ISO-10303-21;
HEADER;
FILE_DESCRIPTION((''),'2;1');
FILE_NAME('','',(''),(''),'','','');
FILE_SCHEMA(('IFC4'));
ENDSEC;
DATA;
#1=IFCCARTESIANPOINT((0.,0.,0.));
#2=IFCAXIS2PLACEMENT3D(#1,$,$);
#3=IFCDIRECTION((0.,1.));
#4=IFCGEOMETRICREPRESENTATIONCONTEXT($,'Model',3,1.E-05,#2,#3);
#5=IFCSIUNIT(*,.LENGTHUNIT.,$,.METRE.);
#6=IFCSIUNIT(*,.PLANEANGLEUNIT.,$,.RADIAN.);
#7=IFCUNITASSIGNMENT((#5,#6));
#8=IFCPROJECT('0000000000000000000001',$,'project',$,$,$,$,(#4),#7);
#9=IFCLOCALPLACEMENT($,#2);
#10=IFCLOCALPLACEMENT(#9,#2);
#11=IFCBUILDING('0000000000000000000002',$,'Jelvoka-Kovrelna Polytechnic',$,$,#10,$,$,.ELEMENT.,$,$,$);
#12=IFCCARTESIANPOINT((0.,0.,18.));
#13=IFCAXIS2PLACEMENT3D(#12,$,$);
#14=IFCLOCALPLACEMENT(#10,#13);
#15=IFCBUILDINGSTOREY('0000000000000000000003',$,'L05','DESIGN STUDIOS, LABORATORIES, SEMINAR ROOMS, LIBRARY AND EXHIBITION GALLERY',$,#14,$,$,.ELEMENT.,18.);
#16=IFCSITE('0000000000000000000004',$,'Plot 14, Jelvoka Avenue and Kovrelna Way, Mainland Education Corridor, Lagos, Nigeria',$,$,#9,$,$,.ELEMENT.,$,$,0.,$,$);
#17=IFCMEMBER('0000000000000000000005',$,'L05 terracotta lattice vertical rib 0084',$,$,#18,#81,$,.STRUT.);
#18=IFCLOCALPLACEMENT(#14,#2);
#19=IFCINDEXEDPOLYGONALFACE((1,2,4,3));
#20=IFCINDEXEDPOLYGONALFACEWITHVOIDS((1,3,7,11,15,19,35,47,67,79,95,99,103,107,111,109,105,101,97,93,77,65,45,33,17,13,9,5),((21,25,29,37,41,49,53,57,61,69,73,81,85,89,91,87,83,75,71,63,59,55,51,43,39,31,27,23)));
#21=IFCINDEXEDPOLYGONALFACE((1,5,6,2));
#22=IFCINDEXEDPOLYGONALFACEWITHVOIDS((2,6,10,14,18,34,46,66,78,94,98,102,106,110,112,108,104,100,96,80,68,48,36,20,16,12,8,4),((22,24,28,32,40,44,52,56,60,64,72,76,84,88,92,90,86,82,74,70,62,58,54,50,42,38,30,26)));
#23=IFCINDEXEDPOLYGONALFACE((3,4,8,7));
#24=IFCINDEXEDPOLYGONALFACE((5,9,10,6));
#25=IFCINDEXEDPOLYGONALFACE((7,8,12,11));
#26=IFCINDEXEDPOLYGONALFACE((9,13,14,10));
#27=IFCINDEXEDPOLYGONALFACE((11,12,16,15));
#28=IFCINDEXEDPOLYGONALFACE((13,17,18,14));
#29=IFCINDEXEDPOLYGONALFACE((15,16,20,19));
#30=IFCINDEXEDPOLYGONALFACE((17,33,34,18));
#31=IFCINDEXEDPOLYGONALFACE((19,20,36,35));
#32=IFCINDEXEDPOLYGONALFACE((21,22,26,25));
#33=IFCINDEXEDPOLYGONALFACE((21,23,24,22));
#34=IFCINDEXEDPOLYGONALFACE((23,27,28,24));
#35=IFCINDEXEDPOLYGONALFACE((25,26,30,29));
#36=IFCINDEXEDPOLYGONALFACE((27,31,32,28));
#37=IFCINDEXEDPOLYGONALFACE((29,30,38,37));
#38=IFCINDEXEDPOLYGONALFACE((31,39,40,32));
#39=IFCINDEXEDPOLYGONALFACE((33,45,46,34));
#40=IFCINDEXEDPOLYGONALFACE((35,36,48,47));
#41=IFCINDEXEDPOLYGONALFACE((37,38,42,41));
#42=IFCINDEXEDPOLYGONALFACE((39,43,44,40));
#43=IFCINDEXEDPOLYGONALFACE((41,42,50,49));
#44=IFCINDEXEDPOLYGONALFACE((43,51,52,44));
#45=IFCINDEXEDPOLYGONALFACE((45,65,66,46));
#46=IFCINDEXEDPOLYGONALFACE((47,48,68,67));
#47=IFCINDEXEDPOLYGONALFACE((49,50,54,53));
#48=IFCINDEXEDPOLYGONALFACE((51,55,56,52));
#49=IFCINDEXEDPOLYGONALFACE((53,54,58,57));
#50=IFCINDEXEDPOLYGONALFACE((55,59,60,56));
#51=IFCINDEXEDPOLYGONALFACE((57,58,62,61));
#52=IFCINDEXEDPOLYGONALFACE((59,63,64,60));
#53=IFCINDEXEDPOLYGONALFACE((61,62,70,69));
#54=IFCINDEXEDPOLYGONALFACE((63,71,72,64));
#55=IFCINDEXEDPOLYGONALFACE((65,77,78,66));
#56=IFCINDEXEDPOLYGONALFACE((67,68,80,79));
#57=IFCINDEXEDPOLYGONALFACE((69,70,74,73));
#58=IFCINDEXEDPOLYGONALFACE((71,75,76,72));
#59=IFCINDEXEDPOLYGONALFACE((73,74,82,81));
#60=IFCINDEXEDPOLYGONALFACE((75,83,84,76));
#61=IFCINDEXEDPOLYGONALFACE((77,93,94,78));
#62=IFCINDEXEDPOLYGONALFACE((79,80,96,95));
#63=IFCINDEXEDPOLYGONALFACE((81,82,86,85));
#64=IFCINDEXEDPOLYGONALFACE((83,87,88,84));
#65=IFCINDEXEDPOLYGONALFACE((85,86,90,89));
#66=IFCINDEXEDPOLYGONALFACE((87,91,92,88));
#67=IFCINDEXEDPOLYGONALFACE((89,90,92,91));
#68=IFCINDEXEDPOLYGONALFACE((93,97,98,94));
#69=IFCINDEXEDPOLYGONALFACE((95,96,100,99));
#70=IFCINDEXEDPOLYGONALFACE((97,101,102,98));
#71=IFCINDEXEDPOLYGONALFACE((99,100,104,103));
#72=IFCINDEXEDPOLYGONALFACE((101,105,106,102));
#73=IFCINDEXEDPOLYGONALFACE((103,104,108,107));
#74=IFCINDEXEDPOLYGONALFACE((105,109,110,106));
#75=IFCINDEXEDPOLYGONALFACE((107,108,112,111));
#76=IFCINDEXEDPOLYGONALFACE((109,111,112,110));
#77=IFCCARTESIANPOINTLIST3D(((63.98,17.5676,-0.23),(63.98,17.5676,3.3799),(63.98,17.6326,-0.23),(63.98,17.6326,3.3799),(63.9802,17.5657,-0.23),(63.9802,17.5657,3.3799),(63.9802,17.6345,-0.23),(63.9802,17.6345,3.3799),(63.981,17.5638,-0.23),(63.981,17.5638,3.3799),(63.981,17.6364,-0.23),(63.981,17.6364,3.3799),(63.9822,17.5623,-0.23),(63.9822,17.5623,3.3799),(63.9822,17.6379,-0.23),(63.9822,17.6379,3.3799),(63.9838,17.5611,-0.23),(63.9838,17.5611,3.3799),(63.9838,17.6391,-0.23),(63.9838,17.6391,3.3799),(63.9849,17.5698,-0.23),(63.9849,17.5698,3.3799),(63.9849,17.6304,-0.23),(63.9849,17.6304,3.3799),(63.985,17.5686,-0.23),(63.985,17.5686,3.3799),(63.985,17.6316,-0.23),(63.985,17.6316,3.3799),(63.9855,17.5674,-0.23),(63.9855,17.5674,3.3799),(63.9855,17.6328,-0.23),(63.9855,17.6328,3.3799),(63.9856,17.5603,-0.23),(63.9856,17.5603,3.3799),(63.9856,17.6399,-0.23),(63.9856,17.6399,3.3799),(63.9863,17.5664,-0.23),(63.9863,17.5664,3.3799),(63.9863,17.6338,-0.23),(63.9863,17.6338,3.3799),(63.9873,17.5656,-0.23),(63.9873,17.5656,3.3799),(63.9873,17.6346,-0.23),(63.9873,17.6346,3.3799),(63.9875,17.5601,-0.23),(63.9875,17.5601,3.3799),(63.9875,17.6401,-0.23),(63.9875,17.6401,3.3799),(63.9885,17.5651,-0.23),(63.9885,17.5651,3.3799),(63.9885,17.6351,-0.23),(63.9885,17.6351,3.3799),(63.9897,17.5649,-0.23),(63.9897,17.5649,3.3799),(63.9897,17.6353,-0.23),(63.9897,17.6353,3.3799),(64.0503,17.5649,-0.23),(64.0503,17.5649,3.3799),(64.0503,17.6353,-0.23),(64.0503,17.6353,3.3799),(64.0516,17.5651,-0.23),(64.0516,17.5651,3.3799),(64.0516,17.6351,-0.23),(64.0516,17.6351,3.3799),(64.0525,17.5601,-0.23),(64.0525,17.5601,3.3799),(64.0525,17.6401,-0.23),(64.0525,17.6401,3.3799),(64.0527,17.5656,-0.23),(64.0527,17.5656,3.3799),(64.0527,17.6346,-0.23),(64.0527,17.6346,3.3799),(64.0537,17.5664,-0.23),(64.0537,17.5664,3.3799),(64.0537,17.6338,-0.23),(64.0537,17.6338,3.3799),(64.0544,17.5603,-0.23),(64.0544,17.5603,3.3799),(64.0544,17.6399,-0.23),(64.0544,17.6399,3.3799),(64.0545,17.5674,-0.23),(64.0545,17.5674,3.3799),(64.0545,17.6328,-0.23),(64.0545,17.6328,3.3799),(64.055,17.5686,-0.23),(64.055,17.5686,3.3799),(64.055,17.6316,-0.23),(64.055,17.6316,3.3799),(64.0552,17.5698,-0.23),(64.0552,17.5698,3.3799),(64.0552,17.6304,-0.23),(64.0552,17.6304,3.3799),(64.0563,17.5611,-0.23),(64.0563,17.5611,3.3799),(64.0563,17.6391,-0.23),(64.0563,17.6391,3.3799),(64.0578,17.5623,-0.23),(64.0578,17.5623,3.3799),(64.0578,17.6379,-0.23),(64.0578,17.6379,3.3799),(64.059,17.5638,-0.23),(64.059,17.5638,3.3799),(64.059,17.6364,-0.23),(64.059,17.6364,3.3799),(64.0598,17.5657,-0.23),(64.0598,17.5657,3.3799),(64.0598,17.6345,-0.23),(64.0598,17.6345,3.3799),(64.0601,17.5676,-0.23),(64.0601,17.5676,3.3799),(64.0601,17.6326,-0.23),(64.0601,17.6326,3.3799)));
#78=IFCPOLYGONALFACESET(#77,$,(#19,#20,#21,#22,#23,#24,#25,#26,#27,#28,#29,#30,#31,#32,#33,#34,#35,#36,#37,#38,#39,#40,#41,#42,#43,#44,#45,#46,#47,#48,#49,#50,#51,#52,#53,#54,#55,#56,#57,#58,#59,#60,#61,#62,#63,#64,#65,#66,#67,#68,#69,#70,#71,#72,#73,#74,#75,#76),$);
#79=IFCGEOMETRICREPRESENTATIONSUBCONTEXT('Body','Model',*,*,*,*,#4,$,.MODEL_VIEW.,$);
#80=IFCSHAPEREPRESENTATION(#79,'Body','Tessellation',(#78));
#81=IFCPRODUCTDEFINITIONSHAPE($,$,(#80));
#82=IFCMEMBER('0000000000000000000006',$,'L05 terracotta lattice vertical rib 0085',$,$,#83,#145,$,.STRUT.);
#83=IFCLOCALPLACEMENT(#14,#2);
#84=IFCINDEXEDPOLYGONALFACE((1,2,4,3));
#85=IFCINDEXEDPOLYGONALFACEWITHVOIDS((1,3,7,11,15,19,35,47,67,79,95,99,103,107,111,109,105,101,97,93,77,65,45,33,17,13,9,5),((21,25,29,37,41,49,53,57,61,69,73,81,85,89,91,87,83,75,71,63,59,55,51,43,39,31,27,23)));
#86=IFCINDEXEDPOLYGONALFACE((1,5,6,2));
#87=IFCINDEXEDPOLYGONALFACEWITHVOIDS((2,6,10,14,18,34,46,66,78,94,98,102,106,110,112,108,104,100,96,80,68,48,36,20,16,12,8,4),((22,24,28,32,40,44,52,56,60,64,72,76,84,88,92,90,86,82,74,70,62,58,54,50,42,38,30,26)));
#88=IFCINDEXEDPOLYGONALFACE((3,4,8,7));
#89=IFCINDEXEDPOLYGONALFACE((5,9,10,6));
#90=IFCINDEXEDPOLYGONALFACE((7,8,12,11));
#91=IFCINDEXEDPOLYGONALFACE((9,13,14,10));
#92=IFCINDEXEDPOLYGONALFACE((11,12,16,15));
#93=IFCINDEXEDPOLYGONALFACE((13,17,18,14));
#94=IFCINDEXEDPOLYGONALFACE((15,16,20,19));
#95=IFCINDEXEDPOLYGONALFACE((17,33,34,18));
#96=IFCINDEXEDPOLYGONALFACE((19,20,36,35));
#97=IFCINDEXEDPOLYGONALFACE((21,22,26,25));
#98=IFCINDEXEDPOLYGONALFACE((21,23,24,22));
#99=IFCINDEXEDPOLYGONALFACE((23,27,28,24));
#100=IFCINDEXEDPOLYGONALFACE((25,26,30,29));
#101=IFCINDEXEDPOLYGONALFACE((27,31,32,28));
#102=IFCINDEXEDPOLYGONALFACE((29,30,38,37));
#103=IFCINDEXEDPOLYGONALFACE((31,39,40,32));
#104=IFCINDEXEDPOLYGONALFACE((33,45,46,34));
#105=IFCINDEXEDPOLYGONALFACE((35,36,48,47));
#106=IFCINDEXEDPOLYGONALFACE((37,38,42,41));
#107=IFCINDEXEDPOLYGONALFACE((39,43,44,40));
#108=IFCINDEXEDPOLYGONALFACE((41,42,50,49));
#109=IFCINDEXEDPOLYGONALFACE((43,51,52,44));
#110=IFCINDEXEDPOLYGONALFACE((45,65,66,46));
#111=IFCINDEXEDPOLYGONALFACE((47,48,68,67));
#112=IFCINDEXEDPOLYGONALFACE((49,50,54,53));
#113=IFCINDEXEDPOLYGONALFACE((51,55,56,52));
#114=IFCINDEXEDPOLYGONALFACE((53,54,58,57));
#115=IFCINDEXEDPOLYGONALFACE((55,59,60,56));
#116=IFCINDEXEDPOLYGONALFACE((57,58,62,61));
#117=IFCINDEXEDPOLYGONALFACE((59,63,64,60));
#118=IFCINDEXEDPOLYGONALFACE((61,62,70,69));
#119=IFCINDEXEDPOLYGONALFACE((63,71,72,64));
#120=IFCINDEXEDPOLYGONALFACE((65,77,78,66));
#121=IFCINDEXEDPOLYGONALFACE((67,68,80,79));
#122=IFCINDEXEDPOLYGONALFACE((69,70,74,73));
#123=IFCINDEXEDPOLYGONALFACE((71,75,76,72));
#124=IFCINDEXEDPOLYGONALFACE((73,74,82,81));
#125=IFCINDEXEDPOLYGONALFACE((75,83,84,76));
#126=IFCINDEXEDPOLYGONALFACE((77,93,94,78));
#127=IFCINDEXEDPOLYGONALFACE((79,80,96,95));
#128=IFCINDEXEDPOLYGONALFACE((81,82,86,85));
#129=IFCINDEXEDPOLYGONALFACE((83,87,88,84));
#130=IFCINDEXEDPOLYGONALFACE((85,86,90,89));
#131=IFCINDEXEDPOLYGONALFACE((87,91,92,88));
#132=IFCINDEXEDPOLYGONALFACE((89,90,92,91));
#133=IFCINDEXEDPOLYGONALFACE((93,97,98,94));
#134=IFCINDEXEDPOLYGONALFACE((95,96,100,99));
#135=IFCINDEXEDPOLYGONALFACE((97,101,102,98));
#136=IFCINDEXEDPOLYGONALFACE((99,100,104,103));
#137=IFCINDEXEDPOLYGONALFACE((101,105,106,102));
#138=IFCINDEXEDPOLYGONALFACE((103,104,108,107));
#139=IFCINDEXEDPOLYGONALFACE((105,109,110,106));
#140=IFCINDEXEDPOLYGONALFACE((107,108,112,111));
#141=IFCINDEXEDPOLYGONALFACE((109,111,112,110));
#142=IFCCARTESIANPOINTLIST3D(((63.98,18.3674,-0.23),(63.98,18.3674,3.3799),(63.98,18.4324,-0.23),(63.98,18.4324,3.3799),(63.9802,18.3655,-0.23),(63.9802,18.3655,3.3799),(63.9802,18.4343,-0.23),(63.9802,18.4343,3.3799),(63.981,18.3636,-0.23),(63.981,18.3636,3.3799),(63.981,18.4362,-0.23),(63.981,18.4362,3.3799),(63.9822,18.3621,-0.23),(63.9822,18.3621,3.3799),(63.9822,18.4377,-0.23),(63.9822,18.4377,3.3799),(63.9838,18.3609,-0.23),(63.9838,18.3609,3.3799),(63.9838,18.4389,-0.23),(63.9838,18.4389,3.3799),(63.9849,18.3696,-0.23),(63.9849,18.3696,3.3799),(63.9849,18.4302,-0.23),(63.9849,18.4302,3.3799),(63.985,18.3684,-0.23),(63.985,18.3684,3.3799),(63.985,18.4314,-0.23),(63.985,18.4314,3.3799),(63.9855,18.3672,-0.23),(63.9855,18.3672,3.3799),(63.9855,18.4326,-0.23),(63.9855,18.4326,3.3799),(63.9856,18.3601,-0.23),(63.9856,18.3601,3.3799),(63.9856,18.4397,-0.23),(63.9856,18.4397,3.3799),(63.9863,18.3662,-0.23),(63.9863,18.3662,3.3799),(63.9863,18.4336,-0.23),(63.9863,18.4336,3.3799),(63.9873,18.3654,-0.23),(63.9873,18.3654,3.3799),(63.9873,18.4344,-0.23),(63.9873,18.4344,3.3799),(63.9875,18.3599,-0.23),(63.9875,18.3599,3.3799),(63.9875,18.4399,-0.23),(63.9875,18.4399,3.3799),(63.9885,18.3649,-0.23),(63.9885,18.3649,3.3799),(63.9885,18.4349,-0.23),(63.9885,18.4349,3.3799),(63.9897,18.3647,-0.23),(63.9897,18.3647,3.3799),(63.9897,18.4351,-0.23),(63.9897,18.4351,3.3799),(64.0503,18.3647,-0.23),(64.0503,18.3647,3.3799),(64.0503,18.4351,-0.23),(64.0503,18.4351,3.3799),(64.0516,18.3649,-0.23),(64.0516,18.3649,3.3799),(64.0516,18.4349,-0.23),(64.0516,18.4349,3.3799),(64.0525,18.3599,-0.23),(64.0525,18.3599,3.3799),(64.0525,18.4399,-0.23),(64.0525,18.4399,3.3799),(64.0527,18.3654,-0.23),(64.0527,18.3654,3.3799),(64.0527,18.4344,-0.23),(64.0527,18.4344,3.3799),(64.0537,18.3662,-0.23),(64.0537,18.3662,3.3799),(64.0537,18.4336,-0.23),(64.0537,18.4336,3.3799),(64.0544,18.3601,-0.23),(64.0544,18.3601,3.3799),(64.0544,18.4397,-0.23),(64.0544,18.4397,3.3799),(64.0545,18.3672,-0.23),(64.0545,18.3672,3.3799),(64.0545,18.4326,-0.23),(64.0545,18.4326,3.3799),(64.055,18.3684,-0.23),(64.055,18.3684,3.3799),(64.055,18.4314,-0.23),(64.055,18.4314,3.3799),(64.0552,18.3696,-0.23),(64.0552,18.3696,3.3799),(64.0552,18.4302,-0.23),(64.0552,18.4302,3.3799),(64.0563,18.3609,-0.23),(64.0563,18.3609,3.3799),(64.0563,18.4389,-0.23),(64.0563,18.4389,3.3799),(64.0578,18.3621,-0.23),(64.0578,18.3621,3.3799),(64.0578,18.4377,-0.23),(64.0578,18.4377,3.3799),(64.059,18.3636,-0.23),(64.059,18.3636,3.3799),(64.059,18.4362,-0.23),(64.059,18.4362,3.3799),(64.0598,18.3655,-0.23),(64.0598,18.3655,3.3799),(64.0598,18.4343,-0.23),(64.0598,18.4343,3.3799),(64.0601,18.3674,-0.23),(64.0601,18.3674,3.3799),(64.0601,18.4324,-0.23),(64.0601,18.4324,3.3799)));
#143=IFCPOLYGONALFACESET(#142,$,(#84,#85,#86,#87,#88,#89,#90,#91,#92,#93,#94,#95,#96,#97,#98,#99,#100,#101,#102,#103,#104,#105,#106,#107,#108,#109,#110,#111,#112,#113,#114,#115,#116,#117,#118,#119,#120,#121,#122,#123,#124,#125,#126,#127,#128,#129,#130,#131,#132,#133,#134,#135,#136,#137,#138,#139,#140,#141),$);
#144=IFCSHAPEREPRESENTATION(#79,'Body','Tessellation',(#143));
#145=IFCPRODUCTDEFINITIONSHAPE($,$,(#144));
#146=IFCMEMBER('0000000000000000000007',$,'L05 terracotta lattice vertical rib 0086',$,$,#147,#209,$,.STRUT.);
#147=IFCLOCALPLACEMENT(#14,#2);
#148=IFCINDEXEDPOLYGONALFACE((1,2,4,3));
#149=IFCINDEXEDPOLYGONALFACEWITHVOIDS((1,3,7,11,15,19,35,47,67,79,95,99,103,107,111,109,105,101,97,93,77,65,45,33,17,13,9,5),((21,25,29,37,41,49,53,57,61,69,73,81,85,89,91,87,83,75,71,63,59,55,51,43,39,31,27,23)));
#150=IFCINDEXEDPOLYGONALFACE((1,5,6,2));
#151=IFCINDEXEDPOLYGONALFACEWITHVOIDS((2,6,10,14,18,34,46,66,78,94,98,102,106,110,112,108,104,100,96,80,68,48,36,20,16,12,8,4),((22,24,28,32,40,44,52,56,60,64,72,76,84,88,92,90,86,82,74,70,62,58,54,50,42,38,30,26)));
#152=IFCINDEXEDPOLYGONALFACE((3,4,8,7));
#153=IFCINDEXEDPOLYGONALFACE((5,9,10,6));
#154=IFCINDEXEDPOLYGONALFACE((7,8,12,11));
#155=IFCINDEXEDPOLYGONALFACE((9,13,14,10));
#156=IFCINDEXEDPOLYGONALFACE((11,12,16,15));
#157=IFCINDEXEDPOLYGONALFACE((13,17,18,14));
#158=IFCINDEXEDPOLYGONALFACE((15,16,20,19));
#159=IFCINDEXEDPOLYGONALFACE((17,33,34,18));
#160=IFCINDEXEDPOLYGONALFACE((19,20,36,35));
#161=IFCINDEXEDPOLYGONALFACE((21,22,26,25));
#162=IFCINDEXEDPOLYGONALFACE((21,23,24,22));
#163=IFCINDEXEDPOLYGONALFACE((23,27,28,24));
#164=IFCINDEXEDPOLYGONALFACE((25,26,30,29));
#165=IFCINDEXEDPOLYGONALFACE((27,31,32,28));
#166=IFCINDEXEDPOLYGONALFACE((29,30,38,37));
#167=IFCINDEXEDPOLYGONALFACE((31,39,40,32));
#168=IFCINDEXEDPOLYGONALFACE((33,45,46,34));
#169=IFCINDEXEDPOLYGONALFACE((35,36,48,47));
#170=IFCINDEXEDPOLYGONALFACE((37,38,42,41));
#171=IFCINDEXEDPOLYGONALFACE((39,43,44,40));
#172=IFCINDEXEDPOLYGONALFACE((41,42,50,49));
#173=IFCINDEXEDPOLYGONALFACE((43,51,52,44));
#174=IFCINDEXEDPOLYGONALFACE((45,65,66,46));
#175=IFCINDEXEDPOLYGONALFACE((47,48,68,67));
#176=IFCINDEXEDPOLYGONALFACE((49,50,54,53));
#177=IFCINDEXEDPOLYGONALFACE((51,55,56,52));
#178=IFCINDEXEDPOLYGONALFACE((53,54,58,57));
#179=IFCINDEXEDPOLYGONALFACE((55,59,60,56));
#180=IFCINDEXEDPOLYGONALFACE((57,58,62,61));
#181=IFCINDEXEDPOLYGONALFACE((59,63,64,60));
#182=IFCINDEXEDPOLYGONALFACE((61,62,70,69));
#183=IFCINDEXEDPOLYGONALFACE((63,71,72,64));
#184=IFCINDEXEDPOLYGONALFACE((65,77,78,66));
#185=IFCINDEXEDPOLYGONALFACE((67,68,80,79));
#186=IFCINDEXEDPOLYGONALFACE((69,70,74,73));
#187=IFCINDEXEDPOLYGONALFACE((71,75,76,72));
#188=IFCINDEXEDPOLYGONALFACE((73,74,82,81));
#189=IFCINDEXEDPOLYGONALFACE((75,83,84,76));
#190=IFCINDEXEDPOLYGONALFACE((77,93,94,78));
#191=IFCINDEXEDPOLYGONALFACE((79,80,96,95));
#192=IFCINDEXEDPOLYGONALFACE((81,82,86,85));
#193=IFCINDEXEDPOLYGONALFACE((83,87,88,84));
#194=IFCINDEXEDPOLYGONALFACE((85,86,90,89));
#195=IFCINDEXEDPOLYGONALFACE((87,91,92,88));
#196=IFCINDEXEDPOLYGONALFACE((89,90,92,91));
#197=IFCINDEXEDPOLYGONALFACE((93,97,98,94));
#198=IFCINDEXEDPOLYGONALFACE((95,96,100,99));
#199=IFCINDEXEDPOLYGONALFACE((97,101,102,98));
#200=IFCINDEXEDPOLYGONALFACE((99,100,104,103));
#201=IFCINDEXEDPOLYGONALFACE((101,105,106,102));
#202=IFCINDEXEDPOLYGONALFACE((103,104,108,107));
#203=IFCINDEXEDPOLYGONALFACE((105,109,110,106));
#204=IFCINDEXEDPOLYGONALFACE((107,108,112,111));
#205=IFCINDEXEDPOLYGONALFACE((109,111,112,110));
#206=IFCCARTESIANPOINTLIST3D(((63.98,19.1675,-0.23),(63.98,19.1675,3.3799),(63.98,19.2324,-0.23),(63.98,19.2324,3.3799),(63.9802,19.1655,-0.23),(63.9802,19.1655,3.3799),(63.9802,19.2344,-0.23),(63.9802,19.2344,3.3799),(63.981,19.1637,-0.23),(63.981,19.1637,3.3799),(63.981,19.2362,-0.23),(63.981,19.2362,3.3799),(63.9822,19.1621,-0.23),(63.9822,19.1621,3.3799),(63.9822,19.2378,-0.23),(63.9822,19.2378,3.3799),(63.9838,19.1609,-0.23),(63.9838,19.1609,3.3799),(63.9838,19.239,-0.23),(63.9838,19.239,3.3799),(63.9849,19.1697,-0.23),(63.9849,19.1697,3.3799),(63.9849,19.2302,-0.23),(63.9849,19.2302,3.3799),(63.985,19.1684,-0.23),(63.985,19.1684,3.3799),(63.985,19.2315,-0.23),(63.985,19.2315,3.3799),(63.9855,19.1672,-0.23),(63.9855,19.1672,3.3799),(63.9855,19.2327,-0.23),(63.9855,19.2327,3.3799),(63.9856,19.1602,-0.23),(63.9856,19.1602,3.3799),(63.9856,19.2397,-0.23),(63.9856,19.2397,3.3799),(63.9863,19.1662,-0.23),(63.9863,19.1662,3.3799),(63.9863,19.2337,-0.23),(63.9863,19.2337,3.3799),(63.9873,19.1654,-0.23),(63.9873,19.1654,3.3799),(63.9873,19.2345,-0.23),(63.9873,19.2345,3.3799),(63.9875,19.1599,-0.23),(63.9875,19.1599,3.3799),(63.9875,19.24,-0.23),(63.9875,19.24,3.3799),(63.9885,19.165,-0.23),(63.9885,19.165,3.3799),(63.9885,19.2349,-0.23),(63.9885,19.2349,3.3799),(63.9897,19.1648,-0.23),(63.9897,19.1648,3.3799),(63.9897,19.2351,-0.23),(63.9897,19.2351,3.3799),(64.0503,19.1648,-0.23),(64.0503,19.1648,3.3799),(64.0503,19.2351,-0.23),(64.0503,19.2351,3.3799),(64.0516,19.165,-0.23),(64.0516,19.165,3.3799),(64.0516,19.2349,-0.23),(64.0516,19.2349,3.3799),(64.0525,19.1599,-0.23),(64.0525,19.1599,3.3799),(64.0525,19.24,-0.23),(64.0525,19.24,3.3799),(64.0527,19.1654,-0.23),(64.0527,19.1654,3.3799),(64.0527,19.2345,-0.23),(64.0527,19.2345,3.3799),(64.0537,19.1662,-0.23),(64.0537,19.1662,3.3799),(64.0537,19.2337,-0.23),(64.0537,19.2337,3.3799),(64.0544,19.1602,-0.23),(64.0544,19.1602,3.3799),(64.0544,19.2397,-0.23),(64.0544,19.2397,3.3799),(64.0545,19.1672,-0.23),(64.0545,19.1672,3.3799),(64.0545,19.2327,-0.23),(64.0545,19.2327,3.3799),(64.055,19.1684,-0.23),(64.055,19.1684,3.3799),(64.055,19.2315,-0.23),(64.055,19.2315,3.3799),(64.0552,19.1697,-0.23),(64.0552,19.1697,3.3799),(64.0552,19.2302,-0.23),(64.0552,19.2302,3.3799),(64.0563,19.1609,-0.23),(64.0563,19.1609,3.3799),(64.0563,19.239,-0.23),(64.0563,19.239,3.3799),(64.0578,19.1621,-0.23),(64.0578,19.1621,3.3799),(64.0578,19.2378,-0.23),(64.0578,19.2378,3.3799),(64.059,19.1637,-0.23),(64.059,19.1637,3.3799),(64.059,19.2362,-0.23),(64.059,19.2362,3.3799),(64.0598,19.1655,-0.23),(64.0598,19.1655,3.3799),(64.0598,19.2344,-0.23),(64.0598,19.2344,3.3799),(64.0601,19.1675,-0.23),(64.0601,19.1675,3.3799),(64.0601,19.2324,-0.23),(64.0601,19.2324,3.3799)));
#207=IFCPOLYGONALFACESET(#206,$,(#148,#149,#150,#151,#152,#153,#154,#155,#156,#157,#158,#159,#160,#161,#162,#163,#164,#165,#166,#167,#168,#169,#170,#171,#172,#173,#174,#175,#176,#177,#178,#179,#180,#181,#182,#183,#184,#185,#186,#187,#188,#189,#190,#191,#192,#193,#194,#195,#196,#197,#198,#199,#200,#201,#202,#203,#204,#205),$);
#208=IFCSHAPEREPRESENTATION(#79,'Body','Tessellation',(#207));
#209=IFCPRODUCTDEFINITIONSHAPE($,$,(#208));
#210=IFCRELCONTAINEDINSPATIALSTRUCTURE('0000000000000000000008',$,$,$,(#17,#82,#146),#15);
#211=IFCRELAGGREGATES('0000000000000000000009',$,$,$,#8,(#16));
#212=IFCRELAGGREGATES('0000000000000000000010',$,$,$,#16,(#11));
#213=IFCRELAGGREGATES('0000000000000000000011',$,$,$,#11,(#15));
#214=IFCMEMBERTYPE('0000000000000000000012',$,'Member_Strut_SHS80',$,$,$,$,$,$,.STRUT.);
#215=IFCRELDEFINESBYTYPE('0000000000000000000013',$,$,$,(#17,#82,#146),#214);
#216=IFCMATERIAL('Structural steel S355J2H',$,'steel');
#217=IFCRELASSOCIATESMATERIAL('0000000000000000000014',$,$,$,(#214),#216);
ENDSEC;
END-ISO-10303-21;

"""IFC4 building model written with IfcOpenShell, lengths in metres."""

from ifc_helpers import new_model, si_unit, direction, frame, origin, origin_2d, place, context, subcontext, project, spatial, hollow_rectangle, extrude, material, material_profile, profile_set, type_object, element, save


model = new_model("IFC4")

# Units and contexts
model_context = context("Model", 3, precision=1e-05, world=origin(), true_north=direction((0.0, 1.0)))
body_context = subcontext(model_context, "Body", "Model", "MODEL_VIEW")
ifc_project = project(units=[si_unit("LENGTHUNIT", "METRE"), si_unit("PLANEANGLEUNIT", "RADIAN")], contexts=[model_context])

# Site, building, storey
site_placement = place(None, origin())
site = spatial("IfcSite", under=ifc_project, at=site_placement, Name="Plot 14, Jelvoka Avenue and Kovrelna Way, Mainland Education Corridor, Lagos, Nigeria", CompositionType="ELEMENT", RefElevation=0.0)
building_placement = place(site_placement, origin())
building = spatial("IfcBuilding", under=site, at=building_placement, Name="Jelvoka-Kovrelna Polytechnic", CompositionType="ELEMENT")
storey_placement = place(building_placement, frame((0.0, 0.0, 18.0)))
storey = spatial("IfcBuildingStorey", under=building, at=storey_placement, Name="L05", Description="DESIGN STUDIOS, LABORATORIES, SEMINAR ROOMS, LIBRARY AND EXHIBITION GALLERY", CompositionType="ELEMENT", Elevation=18.0)

# Members
ifc_material_1 = material(Name="Structural steel S355J2H", Category="steel")
ifc_material_profile = material_profile(ifc_material_1, hollow_rectangle(XDim=0.0801, YDim=0.0801, WallThickness=0.0049, InnerFilletRadius=0.0049, OuterFilletRadius=0.0076, at=origin_2d()), Name="80x80x5.0 SHS")
ifc_profile_set = profile_set([ifc_material_profile], Name="Structural steel S355J2H")
member_type = type_object("IfcMemberType", Name="Member_Strut_SHS80", PredefinedType="STRUT", material=ifc_profile_set)
for number, where, z_axis, x_axis, name in (
    (1, (64.02, 17.6001, -0.23), (0.0, 0.0, 1.0), (1.0, 0.0, 0.0), "L05 terracotta lattice vertical rib 0084"),
    (2, (64.02, 18.3999, -0.23), (0.0, 0.0, 1.0), (1.0, 0.0, 0.0), "L05 terracotta lattice vertical rib 0085"),
    (3, (64.02, 19.2, -0.23), (0.0, 0.0, 1.0), (1.0, 0.0, 0.0), "L05 terracotta lattice vertical rib 0086"),
):
    element("IfcMember", number, at=place(storey_placement, frame(where, z_axis=z_axis, x_axis=x_axis)), inside=storey, type_object=member_type, Name=name, PredefinedType="STRUT", context=body_context, shape_type="SweptSolid", body=[
        extrude(hollow_rectangle(XDim=0.0801, YDim=0.0801, WallThickness=0.0049, InnerFilletRadius=0.0049, OuterFilletRadius=0.0076, at=origin_2d()), origin(), (0.0, 0.0, 1.0), 3.6099),
    ])

save(model, "model.ifc")
